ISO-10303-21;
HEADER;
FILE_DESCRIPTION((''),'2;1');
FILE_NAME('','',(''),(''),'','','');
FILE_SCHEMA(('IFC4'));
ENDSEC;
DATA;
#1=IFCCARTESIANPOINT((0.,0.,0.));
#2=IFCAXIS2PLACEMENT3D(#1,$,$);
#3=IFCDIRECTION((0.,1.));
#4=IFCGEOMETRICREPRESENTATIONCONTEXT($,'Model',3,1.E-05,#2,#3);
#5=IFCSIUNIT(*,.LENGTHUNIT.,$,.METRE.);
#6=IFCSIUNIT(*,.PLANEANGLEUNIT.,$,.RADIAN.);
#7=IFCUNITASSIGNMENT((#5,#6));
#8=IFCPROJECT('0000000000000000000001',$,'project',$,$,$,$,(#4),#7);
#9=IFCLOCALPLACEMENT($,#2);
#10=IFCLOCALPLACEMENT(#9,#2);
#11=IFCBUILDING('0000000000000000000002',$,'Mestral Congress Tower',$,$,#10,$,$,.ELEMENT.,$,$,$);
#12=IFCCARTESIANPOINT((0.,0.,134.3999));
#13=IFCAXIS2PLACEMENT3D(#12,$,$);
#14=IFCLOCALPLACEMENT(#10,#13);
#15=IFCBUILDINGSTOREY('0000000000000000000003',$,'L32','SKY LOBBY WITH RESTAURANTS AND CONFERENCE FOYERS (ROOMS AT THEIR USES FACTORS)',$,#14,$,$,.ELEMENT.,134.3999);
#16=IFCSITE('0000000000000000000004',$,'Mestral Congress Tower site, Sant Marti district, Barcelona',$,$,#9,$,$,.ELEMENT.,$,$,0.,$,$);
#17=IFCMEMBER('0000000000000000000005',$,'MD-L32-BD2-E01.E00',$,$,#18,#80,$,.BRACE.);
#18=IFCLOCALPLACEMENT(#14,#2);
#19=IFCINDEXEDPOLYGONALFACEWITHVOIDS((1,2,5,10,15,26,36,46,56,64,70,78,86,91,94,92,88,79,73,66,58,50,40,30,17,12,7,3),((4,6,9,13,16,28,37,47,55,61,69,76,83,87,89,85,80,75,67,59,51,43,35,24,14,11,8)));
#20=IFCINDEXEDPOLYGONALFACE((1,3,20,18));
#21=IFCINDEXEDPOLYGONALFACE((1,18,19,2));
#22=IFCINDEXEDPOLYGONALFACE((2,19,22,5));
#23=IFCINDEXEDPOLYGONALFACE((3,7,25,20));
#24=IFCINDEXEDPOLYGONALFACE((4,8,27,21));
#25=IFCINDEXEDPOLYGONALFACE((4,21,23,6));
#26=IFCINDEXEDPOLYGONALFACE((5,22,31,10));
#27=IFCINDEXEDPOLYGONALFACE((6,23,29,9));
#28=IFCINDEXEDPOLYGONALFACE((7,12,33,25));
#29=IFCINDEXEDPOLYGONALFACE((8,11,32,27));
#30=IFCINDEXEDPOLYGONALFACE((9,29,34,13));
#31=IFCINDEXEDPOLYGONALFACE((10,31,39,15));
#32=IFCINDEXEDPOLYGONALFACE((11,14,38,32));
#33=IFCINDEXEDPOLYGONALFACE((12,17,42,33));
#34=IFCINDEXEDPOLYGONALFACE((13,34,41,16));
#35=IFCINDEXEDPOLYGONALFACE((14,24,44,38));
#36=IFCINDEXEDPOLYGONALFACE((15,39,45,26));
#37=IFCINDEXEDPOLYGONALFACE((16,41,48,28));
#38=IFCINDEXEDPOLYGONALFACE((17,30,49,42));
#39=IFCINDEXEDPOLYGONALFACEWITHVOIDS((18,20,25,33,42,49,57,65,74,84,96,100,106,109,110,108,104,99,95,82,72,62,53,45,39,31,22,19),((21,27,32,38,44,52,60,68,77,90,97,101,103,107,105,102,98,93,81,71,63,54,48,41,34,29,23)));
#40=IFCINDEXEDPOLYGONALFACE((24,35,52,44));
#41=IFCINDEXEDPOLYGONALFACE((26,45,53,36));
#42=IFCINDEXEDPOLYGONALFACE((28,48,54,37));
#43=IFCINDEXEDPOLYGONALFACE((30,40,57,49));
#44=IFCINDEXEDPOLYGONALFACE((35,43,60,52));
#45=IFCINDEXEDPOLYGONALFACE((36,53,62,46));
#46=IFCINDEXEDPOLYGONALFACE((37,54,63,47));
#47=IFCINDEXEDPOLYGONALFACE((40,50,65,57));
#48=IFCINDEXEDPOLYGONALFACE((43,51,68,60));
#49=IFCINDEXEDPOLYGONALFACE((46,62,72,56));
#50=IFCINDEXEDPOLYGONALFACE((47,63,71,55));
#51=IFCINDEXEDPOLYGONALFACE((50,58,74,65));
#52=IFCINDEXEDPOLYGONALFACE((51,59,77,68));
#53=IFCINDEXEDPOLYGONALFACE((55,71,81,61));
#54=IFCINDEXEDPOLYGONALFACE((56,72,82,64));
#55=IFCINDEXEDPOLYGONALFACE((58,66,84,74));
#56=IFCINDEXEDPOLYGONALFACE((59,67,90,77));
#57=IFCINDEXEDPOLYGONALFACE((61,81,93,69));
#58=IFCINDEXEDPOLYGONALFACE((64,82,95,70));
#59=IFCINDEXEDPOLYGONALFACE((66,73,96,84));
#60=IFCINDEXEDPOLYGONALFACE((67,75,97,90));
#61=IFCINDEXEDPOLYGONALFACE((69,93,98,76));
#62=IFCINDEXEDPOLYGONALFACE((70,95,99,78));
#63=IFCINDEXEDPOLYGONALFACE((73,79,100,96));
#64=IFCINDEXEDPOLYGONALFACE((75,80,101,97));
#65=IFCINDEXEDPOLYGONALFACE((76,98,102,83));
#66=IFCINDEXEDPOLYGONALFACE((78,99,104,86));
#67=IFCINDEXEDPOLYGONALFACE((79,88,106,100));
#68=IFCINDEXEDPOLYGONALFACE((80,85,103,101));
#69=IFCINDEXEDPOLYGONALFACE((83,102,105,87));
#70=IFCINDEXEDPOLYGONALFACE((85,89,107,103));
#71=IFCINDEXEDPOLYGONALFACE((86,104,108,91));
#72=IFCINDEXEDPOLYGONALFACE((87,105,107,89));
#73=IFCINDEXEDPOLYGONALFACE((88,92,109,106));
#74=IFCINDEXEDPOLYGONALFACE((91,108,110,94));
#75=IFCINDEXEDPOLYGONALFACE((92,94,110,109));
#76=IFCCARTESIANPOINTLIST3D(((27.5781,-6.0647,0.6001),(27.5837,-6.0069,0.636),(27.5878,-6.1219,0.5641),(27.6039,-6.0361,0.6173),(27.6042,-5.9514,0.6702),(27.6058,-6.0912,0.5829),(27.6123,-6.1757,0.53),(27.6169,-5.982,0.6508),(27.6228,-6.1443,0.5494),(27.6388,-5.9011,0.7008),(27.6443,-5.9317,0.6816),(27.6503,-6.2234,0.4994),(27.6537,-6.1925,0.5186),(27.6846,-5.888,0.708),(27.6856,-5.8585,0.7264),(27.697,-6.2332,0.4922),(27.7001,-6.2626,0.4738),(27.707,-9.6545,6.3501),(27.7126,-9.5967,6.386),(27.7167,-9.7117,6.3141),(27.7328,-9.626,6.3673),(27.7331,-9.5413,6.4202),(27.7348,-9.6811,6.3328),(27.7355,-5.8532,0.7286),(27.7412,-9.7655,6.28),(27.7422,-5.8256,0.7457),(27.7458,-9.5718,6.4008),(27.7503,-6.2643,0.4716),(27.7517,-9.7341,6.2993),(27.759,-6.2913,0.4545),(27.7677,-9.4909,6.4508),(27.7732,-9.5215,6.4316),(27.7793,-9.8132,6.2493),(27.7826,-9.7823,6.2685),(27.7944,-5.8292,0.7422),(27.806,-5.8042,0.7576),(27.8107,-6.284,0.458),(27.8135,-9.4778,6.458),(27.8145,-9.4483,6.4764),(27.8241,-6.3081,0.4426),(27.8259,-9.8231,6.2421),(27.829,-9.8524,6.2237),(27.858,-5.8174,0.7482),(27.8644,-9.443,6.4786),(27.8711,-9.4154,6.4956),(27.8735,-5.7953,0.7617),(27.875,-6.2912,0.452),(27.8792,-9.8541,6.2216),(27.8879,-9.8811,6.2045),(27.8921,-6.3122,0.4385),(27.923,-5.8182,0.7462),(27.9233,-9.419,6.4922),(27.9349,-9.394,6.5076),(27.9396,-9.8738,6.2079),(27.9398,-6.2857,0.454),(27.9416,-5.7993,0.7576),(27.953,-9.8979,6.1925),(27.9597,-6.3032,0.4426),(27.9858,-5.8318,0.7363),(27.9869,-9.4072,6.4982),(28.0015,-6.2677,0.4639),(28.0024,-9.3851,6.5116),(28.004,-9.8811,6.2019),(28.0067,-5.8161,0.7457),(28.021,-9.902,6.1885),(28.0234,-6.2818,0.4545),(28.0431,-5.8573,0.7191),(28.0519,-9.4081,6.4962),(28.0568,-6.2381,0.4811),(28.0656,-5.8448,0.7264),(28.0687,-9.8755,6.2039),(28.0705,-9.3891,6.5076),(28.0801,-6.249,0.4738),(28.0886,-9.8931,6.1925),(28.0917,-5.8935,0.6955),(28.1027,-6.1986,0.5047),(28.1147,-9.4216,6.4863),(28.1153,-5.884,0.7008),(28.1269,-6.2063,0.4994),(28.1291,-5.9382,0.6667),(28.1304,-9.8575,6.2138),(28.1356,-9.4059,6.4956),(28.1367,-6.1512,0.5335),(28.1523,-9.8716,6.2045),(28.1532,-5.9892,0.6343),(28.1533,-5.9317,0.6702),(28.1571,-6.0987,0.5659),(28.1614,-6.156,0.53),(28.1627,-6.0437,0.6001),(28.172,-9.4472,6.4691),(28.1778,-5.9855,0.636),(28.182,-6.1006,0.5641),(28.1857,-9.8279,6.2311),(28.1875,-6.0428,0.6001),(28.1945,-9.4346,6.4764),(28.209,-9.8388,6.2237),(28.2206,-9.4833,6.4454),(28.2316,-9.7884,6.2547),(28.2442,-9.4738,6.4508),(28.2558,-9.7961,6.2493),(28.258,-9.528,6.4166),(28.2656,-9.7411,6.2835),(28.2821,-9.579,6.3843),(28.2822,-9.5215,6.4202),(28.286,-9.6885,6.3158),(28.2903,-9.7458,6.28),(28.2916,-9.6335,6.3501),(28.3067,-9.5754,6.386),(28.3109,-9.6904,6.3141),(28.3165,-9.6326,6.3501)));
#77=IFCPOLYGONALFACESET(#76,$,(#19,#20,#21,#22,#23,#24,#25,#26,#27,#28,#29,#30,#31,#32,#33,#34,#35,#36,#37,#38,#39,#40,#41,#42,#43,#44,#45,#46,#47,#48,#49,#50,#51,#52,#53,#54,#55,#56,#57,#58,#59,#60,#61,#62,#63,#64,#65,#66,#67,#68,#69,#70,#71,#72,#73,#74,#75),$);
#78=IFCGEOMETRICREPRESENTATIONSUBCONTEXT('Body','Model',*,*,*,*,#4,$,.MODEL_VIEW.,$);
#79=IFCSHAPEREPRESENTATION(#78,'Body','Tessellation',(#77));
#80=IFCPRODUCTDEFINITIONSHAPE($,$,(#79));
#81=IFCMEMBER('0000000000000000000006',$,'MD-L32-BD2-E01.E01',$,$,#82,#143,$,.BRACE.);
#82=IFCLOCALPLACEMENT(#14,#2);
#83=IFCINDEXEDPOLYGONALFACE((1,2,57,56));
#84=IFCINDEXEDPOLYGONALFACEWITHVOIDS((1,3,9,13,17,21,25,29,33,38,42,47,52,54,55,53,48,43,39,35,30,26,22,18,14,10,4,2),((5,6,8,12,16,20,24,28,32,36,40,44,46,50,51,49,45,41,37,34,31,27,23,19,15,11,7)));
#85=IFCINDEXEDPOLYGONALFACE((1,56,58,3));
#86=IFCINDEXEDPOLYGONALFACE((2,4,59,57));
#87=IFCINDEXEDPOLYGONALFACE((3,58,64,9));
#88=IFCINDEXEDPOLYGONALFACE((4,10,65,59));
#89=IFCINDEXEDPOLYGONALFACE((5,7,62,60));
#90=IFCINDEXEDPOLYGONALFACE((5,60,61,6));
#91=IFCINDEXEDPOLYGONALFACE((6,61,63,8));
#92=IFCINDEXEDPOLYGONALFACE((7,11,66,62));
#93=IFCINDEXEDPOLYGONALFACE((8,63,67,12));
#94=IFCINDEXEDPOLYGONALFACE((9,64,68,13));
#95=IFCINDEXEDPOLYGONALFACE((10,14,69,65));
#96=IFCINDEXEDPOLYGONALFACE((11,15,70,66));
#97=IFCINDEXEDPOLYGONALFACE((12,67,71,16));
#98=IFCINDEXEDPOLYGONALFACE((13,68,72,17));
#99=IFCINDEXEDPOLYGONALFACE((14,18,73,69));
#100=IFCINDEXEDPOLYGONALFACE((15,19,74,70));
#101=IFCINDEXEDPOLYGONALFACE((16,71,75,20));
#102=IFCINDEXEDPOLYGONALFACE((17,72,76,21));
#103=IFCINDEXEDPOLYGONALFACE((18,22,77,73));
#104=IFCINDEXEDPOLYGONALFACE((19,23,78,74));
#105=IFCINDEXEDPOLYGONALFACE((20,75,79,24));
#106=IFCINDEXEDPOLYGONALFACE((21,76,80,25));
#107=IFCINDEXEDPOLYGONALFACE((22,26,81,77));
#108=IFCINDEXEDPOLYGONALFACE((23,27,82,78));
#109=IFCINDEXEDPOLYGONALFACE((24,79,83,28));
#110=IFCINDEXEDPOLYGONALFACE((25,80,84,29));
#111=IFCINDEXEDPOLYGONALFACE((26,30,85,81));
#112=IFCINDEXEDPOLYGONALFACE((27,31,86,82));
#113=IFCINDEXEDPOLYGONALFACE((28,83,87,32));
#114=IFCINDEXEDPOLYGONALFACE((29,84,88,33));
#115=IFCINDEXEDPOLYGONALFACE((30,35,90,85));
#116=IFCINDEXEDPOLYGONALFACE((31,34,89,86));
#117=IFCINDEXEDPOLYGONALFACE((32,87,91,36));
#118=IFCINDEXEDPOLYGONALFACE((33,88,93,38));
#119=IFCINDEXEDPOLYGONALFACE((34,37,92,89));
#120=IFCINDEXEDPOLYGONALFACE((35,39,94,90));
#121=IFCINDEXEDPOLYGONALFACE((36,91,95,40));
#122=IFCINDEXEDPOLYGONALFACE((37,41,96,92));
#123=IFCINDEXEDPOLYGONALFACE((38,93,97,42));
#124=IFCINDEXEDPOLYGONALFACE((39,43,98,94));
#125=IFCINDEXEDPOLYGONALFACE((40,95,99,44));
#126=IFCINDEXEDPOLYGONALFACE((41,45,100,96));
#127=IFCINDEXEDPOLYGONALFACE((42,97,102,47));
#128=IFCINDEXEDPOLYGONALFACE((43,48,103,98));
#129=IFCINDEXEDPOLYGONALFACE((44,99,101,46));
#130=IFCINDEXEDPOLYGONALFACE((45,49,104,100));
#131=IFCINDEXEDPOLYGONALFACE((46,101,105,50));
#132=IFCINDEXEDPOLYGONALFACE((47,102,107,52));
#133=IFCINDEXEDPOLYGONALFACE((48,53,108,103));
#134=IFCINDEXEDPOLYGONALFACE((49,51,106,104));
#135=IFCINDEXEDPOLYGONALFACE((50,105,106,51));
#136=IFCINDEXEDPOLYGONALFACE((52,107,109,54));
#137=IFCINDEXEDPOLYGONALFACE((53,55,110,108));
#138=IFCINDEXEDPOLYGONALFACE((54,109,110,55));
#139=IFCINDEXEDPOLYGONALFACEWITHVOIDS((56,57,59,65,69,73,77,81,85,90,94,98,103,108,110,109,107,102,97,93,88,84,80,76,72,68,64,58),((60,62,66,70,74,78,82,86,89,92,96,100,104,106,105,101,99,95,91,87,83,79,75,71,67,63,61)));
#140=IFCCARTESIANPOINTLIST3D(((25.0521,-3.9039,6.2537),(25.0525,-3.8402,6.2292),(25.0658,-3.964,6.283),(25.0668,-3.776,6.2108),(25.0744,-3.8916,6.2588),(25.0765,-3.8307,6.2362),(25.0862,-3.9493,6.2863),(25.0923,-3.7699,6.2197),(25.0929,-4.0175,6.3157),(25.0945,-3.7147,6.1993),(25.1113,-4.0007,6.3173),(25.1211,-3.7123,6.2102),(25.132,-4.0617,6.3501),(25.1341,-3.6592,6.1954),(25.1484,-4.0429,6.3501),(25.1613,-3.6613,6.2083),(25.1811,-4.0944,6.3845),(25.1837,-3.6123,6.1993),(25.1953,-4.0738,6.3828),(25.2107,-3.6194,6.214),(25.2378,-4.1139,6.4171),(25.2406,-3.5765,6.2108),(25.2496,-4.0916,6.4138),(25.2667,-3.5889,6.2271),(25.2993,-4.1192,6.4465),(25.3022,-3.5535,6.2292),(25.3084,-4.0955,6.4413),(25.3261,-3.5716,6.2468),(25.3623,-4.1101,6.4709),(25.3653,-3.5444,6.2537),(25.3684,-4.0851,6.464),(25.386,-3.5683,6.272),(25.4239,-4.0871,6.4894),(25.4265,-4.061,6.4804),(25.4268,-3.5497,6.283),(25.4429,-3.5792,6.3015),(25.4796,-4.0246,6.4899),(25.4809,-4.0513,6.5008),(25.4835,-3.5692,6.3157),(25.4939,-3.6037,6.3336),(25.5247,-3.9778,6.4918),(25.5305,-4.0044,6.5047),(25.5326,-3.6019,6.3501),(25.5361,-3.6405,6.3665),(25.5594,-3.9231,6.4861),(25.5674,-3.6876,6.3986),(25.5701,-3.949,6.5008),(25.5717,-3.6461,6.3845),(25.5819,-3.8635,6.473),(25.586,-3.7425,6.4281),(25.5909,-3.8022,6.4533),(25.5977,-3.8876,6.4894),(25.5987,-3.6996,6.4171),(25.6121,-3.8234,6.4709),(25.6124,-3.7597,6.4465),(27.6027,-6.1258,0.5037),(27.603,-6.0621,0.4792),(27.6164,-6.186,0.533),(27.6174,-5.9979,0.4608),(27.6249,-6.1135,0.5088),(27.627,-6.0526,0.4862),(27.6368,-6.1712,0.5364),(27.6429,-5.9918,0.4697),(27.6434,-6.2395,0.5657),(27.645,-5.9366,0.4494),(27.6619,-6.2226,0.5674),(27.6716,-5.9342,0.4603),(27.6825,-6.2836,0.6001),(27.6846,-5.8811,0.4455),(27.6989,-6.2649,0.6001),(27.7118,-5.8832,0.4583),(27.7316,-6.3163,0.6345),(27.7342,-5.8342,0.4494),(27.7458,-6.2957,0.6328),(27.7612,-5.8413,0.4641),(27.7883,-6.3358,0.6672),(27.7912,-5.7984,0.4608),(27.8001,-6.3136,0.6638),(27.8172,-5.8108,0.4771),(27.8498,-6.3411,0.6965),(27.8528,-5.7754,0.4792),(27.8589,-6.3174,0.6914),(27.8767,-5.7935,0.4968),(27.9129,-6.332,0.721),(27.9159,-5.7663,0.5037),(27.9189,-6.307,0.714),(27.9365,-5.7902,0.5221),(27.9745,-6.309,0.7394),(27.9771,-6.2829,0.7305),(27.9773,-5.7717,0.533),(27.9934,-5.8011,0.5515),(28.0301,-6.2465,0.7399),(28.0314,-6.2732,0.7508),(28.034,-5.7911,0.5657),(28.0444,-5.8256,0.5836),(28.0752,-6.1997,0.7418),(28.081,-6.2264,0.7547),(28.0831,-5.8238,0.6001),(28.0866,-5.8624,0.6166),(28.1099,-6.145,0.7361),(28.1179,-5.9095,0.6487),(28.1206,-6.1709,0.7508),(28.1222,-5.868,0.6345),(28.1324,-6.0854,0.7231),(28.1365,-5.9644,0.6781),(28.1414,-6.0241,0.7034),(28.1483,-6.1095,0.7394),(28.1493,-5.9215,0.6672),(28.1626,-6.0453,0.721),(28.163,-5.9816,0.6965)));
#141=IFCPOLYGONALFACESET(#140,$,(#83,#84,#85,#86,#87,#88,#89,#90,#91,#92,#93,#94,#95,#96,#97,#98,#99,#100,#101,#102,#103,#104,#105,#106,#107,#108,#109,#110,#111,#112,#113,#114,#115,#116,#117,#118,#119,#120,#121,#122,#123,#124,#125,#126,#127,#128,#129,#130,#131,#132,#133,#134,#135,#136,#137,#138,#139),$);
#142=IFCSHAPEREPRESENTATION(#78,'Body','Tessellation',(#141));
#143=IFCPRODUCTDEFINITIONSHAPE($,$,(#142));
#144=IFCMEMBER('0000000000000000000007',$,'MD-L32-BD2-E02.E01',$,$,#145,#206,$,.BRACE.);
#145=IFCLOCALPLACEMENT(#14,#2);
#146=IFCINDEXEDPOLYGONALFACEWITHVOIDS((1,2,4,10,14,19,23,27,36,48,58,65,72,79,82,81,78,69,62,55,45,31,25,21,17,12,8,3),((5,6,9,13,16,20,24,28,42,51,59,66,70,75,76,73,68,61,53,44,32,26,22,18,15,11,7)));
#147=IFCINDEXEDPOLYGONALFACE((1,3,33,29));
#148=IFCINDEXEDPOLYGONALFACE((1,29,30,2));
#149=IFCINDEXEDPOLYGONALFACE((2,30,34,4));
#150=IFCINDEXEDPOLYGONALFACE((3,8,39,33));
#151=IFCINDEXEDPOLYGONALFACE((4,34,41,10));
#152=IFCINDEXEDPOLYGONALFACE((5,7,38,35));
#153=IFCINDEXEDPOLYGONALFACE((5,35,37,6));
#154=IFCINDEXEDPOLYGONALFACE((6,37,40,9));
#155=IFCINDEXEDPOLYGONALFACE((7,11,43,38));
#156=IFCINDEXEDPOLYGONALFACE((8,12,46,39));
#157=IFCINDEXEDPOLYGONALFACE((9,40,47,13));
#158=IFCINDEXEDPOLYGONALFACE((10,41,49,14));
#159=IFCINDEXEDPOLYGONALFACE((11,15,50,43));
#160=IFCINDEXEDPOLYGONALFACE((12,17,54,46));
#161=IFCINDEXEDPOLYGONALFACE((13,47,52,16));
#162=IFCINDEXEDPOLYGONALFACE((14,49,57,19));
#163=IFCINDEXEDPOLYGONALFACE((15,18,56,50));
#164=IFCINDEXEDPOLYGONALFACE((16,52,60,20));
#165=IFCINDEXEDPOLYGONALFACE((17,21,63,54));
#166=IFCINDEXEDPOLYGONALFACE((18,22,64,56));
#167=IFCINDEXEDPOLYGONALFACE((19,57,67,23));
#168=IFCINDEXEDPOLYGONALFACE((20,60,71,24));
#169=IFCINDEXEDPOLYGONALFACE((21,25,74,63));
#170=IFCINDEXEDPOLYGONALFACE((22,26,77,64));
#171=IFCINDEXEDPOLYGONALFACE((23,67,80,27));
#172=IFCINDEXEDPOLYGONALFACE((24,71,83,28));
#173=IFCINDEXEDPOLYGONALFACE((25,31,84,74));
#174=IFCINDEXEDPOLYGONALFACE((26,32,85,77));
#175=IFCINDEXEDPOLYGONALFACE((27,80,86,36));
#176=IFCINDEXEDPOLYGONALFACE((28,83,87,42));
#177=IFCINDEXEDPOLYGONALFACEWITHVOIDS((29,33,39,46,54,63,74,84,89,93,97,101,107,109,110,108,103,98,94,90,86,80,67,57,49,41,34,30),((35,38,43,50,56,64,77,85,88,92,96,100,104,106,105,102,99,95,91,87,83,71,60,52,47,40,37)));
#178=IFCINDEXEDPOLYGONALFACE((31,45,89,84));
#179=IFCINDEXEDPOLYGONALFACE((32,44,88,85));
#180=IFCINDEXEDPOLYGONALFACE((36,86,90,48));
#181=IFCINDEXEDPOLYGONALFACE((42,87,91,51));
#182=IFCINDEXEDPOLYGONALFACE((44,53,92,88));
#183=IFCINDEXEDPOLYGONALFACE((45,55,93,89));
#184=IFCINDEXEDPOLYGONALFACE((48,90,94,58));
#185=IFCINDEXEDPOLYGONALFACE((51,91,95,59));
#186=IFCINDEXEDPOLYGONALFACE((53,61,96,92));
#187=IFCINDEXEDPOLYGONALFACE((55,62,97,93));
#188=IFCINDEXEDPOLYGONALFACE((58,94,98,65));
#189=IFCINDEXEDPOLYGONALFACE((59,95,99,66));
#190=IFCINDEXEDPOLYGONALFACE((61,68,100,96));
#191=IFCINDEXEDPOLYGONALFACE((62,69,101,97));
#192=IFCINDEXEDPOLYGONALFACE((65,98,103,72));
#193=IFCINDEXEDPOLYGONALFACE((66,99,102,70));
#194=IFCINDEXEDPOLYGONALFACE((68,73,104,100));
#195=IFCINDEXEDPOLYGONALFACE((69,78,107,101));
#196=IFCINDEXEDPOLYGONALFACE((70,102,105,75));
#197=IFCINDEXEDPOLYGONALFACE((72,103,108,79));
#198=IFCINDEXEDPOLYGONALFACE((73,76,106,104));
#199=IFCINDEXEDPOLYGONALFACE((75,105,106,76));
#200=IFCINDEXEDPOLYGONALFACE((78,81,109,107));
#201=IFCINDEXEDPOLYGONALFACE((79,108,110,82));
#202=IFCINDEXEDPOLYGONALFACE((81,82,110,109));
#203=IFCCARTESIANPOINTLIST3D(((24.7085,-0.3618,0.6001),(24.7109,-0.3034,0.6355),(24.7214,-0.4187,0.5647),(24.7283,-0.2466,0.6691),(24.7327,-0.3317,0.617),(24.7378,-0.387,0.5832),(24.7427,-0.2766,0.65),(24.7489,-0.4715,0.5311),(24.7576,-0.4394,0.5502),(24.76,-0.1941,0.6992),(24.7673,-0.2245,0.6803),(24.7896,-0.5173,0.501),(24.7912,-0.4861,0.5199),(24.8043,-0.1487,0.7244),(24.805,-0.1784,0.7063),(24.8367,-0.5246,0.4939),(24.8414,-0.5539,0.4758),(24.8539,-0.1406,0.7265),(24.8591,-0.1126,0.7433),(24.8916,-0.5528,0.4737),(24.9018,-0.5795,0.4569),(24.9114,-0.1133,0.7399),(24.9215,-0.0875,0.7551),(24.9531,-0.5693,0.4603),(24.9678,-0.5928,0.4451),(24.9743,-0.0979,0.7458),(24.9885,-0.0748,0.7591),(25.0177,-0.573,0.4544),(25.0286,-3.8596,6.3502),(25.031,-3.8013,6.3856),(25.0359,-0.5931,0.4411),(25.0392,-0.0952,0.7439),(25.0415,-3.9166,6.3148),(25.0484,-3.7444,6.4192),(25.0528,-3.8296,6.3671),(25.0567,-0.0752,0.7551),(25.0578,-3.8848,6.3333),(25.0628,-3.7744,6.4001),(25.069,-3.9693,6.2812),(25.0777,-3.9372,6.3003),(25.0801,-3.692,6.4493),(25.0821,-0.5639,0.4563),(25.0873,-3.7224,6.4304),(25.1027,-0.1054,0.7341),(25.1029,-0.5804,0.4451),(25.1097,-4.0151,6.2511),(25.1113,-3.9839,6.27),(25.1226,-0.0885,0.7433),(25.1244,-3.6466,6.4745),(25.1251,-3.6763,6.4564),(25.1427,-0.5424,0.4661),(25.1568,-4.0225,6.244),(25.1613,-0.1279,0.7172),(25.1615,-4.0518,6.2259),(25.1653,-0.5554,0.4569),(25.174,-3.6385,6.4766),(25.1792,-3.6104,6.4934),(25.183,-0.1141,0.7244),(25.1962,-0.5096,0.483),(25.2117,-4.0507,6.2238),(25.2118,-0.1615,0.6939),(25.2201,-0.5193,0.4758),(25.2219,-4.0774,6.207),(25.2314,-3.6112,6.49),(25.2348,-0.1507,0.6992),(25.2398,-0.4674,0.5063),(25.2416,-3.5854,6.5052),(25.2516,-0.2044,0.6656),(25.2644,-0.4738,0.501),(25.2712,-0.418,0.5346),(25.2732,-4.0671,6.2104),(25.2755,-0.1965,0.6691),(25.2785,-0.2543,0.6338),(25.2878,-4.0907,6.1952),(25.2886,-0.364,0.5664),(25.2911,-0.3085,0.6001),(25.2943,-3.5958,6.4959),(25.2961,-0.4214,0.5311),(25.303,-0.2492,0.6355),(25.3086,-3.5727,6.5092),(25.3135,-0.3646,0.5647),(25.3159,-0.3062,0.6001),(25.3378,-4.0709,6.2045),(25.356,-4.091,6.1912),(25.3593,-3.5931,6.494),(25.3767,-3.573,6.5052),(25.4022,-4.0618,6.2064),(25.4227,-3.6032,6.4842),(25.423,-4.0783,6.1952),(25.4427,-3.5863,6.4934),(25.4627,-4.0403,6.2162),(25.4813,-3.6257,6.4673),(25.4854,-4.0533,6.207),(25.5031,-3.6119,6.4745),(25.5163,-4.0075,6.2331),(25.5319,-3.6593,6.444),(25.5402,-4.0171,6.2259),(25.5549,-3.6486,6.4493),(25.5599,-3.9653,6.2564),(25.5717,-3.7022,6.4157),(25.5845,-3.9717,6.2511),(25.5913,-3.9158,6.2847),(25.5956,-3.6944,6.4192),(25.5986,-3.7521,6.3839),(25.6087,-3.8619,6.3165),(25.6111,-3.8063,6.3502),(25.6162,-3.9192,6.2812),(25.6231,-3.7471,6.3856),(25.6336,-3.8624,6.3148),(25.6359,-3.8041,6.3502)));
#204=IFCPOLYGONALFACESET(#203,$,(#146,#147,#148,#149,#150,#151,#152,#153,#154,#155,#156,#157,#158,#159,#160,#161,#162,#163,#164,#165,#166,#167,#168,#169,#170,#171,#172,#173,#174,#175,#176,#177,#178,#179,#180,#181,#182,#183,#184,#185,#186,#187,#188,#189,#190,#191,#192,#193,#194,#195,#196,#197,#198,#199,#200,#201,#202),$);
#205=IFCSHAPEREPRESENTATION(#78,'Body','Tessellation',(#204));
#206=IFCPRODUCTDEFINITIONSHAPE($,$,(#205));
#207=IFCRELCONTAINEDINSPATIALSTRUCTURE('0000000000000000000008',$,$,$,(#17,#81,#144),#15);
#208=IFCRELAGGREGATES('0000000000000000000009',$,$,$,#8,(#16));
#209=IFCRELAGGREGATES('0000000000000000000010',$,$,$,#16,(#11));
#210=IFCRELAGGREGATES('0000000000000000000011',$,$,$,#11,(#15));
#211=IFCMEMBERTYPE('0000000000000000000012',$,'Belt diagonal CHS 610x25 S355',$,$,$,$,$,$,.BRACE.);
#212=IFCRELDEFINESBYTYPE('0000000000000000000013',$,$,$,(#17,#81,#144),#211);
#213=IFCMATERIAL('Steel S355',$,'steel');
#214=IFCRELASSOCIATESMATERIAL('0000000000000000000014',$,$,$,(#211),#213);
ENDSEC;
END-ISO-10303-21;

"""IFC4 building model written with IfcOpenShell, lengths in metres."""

from ifc_helpers import new_model, si_unit, direction, frame, origin, origin_2d, place, context, subcontext, project, spatial, hollow_circle, extrude, material, material_profile, profile_set, type_object, element, save


model = new_model("IFC4")

# Units and contexts
model_context = context("Model", 3, precision=1e-05, world=origin(), true_north=direction((0.0, 1.0)))
body_context = subcontext(model_context, "Body", "Model", "MODEL_VIEW")
ifc_project = project(units=[si_unit("LENGTHUNIT", "METRE"), si_unit("PLANEANGLEUNIT", "RADIAN")], contexts=[model_context])

# Site, building, storey
site_placement = place(None, origin())
site = spatial("IfcSite", under=ifc_project, at=site_placement, Name="Mestral Congress Tower site, Sant Marti district, Barcelona", CompositionType="ELEMENT", RefElevation=0.0)
building_placement = place(site_placement, origin())
building = spatial("IfcBuilding", under=site, at=building_placement, Name="Mestral Congress Tower", CompositionType="ELEMENT")
storey_placement = place(building_placement, frame((0.0, 0.0, 134.3999)))
storey = spatial("IfcBuildingStorey", under=building, at=storey_placement, Name="L32", Description="SKY LOBBY WITH RESTAURANTS AND CONFERENCE FOYERS (ROOMS AT THEIR USES FACTORS)", CompositionType="ELEMENT", Elevation=134.3999)

# Members
ifc_material_1 = material(Name="Steel S355", Category="steel")
ifc_material_profile_1 = material_profile(ifc_material_1, hollow_circle(Radius=0.3049, WallThickness=0.0249, at=origin_2d()), Name="CHS 610x25")
ifc_profile_set_1 = profile_set([ifc_material_profile_1], Name="Steel S355")
member_type_1 = type_object("IfcMemberType", Name="Belt diagonal CHS 610x25 S355", PredefinedType="BRACE", material=ifc_profile_set_1)
member_1_placement = place(storey_placement, frame((27.8828, -6.0537, 0.6001), z_axis=(0.019013, -0.529489, 0.848104), x_axis=(0.999356, 0.035885, 0.0)))
element("IfcMember", 1, at=member_1_placement, inside=storey, type_object=member_type_1, Name="MD-L32-BD2-E01.E00", PredefinedType="BRACE", context=body_context, shape_type="SweptSolid", body=[
    extrude(hollow_circle(Radius=0.3049, WallThickness=0.0249, at=origin_2d()), origin(), (0.0, 0.0, 1.0), 6.7798),
])
member_2_placement = place(storey_placement, frame((27.8828, -6.0537, 0.6001), z_axis=(-0.382322, 0.333063, 0.861916), x_axis=(-0.656863, -0.75401, 0.0)))
element("IfcMember", 2, at=member_2_placement, inside=storey, type_object=member_type_1, Name="MD-L32-BD2-E01.E01", PredefinedType="BRACE", context=body_context, shape_type="SweptSolid", body=[
    extrude(hollow_circle(Radius=0.3049, WallThickness=0.0249, at=origin_2d()), origin(), (0.0, 0.0, 1.0), 6.6711),
])
member_3_placement = place(storey_placement, frame((25.0122, -0.334, 0.6001), z_axis=(0.047503, -0.519122, 0.853379), x_axis=(0.995839, 0.091125, 0.0)))
element("IfcMember", 3, at=member_3_placement, inside=storey, type_object=member_type_1, Name="MD-L32-BD2-E02.E01", PredefinedType="BRACE", context=body_context, shape_type="SweptSolid", body=[
    extrude(hollow_circle(Radius=0.3049, WallThickness=0.0249, at=origin_2d()), origin(), (0.0, 0.0, 1.0), 6.738),
])

save(model, "model.ifc")
